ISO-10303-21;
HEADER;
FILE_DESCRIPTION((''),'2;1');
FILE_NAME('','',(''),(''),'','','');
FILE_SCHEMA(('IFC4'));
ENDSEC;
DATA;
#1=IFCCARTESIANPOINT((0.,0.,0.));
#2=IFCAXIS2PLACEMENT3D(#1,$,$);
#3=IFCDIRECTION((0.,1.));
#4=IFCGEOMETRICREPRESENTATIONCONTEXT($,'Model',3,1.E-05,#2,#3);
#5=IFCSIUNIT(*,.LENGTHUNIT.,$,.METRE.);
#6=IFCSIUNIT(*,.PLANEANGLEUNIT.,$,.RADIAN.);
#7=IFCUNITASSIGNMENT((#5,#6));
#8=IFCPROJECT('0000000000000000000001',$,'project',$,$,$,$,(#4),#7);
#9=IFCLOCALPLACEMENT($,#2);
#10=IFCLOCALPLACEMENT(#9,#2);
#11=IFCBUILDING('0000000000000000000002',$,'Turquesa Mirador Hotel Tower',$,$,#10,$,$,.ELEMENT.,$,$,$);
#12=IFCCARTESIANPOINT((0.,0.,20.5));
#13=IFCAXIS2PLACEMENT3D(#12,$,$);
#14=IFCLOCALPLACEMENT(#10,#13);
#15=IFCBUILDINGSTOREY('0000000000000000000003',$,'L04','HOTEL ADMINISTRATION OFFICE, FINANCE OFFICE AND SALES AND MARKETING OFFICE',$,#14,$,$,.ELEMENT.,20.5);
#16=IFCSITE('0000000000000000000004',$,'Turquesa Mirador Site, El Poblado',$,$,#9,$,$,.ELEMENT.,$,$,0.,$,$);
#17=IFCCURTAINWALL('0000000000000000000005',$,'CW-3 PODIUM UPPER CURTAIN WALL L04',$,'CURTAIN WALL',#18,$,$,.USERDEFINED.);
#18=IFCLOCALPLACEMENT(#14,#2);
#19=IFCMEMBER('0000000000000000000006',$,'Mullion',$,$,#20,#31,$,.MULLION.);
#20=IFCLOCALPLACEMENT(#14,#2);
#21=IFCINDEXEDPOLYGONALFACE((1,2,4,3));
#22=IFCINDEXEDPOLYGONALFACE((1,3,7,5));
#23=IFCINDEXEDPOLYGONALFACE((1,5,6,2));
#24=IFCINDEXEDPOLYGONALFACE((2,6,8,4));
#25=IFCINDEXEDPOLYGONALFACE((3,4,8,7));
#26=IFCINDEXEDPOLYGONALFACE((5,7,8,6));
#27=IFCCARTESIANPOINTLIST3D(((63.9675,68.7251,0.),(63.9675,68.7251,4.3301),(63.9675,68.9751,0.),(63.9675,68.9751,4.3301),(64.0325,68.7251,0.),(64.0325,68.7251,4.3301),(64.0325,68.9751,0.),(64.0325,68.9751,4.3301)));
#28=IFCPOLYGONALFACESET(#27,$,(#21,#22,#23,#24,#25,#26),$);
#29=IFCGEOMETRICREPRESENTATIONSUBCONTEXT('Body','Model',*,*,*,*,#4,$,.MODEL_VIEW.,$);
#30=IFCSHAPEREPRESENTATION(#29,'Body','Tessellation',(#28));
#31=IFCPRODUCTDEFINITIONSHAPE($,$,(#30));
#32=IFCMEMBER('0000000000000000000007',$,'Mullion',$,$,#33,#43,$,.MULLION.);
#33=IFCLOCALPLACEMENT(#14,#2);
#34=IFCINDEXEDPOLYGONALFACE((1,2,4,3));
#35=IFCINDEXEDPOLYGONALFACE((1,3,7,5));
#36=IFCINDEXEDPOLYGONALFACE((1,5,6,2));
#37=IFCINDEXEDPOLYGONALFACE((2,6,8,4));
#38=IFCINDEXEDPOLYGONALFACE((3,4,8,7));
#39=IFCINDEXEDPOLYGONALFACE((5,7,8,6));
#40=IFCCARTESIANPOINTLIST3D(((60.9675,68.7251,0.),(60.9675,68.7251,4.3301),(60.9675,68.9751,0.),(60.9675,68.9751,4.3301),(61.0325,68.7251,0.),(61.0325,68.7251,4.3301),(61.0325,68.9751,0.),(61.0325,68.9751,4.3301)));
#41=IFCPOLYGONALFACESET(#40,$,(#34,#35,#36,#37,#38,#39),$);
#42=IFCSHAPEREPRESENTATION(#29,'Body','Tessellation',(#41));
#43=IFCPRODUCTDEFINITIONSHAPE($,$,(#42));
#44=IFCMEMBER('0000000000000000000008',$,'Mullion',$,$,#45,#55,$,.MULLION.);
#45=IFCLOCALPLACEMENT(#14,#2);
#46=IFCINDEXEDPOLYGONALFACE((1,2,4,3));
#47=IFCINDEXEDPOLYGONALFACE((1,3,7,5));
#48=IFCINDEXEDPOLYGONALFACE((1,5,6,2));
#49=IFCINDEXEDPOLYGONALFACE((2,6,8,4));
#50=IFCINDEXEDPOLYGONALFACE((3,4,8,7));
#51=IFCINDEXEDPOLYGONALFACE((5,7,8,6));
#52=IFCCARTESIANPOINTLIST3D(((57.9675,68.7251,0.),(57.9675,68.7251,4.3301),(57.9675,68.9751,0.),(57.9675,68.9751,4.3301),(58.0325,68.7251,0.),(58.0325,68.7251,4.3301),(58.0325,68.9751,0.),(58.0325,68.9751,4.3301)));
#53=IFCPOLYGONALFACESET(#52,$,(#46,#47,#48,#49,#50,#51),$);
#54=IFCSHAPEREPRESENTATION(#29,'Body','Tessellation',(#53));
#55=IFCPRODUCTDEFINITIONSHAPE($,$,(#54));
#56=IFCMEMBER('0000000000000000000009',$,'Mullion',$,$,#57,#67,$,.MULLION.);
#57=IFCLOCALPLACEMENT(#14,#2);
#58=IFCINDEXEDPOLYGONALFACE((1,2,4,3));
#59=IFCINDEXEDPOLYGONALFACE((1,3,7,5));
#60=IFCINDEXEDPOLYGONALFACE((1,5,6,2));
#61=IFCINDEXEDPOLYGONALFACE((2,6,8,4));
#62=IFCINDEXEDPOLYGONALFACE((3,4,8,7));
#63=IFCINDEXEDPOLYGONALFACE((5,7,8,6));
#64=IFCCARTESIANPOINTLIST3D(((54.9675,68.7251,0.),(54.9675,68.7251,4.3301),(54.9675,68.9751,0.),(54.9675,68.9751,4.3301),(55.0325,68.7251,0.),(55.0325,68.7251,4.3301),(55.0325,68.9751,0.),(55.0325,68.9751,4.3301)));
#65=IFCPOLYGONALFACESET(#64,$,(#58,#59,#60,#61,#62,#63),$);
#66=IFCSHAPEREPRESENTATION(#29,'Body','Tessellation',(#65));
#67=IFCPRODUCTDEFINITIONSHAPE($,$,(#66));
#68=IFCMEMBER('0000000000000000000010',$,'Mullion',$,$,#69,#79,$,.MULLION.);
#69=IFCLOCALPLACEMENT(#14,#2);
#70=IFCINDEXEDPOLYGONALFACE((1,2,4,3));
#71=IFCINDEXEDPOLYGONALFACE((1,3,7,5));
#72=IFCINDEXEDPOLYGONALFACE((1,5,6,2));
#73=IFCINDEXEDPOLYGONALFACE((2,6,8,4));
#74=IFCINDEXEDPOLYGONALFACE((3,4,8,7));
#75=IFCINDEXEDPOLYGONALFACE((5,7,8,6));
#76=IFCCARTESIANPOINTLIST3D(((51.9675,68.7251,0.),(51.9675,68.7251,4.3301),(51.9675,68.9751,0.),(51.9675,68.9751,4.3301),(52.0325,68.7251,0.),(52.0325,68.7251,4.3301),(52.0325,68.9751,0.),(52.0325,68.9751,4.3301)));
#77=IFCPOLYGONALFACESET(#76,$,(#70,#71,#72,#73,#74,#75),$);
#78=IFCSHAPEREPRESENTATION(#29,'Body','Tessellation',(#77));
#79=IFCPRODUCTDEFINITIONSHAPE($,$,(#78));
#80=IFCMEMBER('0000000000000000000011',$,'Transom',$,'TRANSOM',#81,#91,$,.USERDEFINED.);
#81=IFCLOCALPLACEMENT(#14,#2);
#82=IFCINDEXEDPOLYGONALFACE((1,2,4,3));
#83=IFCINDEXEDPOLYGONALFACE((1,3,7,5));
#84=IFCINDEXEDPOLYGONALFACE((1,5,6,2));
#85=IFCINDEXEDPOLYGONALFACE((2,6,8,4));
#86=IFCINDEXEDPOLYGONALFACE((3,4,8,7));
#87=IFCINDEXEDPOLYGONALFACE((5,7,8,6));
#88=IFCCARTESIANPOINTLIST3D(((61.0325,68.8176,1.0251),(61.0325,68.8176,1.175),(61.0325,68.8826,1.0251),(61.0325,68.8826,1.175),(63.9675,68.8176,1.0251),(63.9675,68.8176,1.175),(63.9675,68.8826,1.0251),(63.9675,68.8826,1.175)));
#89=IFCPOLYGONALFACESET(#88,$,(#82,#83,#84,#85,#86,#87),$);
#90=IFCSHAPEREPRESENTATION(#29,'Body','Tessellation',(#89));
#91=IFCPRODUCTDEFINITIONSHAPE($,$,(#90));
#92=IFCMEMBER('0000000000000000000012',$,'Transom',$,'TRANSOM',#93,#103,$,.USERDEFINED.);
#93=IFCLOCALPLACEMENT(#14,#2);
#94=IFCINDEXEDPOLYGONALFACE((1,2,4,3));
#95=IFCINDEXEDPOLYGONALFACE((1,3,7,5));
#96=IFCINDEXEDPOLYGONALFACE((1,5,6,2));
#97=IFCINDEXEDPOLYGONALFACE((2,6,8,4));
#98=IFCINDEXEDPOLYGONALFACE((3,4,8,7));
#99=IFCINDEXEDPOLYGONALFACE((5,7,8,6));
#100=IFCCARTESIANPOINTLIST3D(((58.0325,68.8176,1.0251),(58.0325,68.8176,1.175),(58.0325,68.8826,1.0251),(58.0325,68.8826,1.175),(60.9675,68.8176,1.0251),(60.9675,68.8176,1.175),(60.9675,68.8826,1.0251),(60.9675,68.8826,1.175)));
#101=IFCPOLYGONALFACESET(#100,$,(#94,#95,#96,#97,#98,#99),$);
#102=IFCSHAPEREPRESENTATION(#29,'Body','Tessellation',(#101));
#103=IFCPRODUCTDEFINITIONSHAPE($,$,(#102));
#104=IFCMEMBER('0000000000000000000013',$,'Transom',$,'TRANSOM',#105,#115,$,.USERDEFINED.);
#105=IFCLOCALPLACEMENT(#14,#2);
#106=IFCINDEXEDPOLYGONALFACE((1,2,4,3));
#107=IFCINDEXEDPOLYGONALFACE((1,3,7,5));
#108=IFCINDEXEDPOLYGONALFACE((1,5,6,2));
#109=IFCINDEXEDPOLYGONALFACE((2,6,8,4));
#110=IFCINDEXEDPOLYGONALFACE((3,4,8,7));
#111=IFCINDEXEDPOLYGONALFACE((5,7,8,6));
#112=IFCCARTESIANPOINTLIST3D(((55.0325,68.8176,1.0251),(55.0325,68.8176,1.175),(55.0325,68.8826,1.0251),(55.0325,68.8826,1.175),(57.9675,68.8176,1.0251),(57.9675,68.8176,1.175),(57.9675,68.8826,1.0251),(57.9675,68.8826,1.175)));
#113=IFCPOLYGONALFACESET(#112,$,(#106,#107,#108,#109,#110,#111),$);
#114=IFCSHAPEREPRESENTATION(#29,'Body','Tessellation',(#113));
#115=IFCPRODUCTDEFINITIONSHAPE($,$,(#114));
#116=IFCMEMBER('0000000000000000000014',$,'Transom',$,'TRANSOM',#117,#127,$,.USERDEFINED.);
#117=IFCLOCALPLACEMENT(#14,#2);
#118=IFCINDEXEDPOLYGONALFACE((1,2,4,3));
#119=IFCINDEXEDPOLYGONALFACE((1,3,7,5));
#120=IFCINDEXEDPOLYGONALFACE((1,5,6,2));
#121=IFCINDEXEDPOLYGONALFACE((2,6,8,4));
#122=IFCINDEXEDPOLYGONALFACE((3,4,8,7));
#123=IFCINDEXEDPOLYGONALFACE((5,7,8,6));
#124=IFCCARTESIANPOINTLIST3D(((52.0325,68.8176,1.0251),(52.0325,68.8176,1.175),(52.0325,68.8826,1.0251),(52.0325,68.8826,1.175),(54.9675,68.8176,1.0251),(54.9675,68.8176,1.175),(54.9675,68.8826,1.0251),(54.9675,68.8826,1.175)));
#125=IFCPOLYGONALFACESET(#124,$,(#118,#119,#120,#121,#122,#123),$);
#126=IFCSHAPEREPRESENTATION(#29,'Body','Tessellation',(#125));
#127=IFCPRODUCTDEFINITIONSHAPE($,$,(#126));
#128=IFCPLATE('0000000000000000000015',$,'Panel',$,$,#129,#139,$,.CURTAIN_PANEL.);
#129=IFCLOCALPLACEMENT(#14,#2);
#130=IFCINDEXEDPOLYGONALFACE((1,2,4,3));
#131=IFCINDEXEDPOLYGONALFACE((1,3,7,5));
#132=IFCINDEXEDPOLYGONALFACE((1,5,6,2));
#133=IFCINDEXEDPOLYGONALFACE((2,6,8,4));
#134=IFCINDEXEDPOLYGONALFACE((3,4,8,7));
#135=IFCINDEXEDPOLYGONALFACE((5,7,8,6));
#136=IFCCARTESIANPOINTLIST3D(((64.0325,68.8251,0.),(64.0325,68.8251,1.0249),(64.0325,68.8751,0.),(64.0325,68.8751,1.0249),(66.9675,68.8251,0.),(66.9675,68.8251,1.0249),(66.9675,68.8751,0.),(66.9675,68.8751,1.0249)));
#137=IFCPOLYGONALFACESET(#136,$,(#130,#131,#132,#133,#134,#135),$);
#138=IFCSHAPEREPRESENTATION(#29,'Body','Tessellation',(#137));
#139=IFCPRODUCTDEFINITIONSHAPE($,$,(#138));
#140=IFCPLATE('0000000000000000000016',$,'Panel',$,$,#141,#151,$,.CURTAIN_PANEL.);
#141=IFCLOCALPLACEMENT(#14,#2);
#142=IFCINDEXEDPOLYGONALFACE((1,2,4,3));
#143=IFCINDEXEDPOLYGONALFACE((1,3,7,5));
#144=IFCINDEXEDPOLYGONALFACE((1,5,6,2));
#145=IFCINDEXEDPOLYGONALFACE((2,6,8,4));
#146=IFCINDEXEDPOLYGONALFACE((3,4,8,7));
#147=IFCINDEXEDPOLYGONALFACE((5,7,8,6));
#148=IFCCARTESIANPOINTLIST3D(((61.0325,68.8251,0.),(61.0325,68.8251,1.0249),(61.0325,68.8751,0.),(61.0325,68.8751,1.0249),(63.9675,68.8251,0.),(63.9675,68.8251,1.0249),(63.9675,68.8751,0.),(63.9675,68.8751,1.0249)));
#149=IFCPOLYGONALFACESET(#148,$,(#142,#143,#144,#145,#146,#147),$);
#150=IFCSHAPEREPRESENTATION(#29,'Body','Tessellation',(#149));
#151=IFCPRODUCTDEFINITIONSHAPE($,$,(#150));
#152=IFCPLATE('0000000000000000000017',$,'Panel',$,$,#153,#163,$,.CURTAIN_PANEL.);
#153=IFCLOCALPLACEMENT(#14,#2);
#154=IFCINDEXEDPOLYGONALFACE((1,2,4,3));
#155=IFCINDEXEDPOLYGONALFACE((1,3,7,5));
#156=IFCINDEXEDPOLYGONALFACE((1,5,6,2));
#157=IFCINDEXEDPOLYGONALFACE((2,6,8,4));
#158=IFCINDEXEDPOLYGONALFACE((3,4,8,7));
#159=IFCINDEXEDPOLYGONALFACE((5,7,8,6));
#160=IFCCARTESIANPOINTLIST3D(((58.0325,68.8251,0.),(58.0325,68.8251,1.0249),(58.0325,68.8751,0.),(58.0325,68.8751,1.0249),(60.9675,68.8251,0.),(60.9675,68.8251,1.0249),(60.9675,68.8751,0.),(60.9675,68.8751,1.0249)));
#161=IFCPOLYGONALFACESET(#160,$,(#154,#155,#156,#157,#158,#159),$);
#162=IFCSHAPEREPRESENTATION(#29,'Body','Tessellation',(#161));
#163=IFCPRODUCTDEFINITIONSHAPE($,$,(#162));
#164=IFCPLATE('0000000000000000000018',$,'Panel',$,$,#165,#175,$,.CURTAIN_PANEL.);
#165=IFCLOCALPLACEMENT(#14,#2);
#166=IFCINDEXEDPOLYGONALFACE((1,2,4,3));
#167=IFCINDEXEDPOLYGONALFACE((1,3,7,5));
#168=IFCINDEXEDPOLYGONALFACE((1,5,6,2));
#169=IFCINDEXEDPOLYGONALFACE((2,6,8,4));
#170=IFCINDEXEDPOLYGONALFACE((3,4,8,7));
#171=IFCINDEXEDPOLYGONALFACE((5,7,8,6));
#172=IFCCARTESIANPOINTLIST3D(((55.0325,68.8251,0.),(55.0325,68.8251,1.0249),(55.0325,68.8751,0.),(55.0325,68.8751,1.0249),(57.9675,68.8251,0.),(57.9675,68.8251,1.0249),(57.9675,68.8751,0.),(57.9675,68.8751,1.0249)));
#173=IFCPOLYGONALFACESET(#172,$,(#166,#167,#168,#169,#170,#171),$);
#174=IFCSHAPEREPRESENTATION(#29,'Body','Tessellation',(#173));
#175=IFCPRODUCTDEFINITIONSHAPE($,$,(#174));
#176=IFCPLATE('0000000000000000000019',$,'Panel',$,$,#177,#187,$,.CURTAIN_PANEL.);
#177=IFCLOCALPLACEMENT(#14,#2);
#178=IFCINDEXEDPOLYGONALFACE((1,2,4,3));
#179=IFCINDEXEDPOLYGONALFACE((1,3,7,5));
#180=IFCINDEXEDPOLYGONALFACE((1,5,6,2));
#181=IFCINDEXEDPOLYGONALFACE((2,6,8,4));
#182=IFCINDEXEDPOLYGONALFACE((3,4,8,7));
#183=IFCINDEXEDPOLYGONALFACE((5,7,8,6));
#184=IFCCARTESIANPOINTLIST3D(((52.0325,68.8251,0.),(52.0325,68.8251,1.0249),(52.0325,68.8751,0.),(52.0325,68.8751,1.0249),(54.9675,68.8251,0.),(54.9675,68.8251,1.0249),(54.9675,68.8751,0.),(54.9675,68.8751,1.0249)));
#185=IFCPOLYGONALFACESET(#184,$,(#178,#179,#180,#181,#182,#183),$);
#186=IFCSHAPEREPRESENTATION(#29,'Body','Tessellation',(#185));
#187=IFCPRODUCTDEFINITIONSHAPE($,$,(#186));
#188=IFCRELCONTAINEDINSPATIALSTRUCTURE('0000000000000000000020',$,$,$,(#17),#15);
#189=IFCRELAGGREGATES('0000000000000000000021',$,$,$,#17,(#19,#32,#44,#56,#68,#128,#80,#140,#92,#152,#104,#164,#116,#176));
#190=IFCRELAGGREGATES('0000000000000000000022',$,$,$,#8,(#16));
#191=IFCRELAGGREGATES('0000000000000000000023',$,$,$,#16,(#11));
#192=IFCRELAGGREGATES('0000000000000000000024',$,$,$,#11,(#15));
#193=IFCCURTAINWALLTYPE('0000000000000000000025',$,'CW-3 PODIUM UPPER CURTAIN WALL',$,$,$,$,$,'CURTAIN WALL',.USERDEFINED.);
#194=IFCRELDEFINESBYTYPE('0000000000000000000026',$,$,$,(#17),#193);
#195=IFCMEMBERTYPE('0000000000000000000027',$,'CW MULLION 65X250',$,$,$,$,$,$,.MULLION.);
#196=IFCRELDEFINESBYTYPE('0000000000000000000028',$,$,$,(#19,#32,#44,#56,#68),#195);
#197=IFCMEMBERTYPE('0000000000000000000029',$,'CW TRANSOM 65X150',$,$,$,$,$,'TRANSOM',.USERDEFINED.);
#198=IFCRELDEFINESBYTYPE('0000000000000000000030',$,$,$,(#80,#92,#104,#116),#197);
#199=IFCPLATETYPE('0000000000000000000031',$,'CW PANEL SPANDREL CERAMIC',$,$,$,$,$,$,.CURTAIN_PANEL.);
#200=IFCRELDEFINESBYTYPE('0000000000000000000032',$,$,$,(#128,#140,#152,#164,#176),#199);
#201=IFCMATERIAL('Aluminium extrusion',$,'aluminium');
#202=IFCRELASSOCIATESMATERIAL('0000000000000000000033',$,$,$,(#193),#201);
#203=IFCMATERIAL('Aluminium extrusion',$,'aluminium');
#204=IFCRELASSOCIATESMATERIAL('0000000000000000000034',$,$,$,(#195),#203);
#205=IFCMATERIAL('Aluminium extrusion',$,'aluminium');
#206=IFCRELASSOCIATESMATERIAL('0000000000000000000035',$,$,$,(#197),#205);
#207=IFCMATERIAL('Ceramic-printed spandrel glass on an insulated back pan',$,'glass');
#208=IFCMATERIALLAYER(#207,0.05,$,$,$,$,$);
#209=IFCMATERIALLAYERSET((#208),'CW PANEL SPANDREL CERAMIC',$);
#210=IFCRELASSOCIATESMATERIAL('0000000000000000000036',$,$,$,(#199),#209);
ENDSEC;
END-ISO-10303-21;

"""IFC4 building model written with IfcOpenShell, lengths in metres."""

from ifc_helpers import new_model, si_unit, direction, frame, origin, origin_2d, place, context, subcontext, project, spatial, rectangle, extrude, material, layer, layer_set, material_profile, profile_set, type_object, element, aggregate, save


model = new_model("IFC4")

# Units and contexts
model_context = context("Model", 3, precision=1e-05, world=origin(), true_north=direction((0.0, 1.0)))
body_context = subcontext(model_context, "Body", "Model", "MODEL_VIEW")
ifc_project = project(units=[si_unit("LENGTHUNIT", "METRE"), si_unit("PLANEANGLEUNIT", "RADIAN")], contexts=[model_context])

# Site, building, storey
site_placement = place(None, origin())
site = spatial("IfcSite", under=ifc_project, at=site_placement, Name="Turquesa Mirador Site, El Poblado", CompositionType="ELEMENT", RefElevation=0.0)
building_placement = place(site_placement, origin())
building = spatial("IfcBuilding", under=site, at=building_placement, Name="Turquesa Mirador Hotel Tower", CompositionType="ELEMENT")
storey_placement = place(building_placement, frame((0.0, 0.0, 20.5)))
storey = spatial("IfcBuildingStorey", under=building, at=storey_placement, Name="L04", Description="HOTEL ADMINISTRATION OFFICE, FINANCE OFFICE AND SALES AND MARKETING OFFICE", CompositionType="ELEMENT", Elevation=20.5)

# Curtain wall, members, plates
ifc_material_1 = material(Name="Aluminium extrusion", Category="aluminium")
curtain_wall_type = type_object("IfcCurtainWallType", Name="CW-3 PODIUM UPPER CURTAIN WALL", ElementType="CURTAIN WALL", PredefinedType="USERDEFINED", material=ifc_material_1)
curtain_wall_placement = place(storey_placement, origin())
curtain_wall = element("IfcCurtainWall", 1, at=curtain_wall_placement, inside=storey, type_object=curtain_wall_type, Name="CW-3 PODIUM UPPER CURTAIN WALL L04", ObjectType="CURTAIN WALL", PredefinedType="USERDEFINED")
ifc_material_2 = material(Name="Aluminium extrusion", Category="aluminium")
ifc_material_profile_1 = material_profile(ifc_material_2, rectangle(XDim=0.0649, YDim=0.25, at=origin_2d()), Name="MULLION 65X250")
ifc_profile_set_1 = profile_set([ifc_material_profile_1], Name="Aluminium extrusion")
member_type_1 = type_object("IfcMemberType", Name="CW MULLION 65X250", PredefinedType="MULLION", material=ifc_profile_set_1)
member_1_placement = place(storey_placement, frame((64.0, 68.8501, 0.0), z_axis=(0.0, 0.0, 1.0), x_axis=(-1.0, 0.0, 0.0)))
member_1 = element("IfcMember", 2, at=member_1_placement, type_object=member_type_1, Name="Mullion", PredefinedType="MULLION", context=body_context, shape_type="SweptSolid", body=[
    extrude(rectangle(XDim=0.0649, YDim=0.25, at=origin_2d()), origin(), (0.0, 0.0, 1.0), 4.3301),
])
member_2_placement = place(storey_placement, frame((61.0, 68.8501, 0.0), z_axis=(0.0, 0.0, 1.0), x_axis=(-1.0, 0.0, 0.0)))
member_2 = element("IfcMember", 3, at=member_2_placement, type_object=member_type_1, Name="Mullion", PredefinedType="MULLION", context=body_context, shape_type="SweptSolid", body=[
    extrude(rectangle(XDim=0.0649, YDim=0.25, at=origin_2d()), origin(), (0.0, 0.0, 1.0), 4.3301),
])
member_3_placement = place(storey_placement, frame((58.0, 68.8501, 0.0), z_axis=(0.0, 0.0, 1.0), x_axis=(-1.0, 0.0, 0.0)))
member_3 = element("IfcMember", 4, at=member_3_placement, type_object=member_type_1, Name="Mullion", PredefinedType="MULLION", context=body_context, shape_type="SweptSolid", body=[
    extrude(rectangle(XDim=0.0649, YDim=0.25, at=origin_2d()), origin(), (0.0, 0.0, 1.0), 4.3301),
])
member_4_placement = place(storey_placement, frame((55.0, 68.8501, 0.0), z_axis=(0.0, 0.0, 1.0), x_axis=(-1.0, 0.0, 0.0)))
member_4 = element("IfcMember", 5, at=member_4_placement, type_object=member_type_1, Name="Mullion", PredefinedType="MULLION", context=body_context, shape_type="SweptSolid", body=[
    extrude(rectangle(XDim=0.0649, YDim=0.25, at=origin_2d()), origin(), (0.0, 0.0, 1.0), 4.3301),
])
member_5_placement = place(storey_placement, frame((52.0, 68.8501, 0.0), z_axis=(0.0, 0.0, 1.0), x_axis=(-1.0, 0.0, 0.0)))
member_5 = element("IfcMember", 6, at=member_5_placement, type_object=member_type_1, Name="Mullion", PredefinedType="MULLION", context=body_context, shape_type="SweptSolid", body=[
    extrude(rectangle(XDim=0.0649, YDim=0.25, at=origin_2d()), origin(), (0.0, 0.0, 1.0), 4.3301),
])
ifc_material_3 = material(Name="Aluminium extrusion", Category="aluminium")
ifc_material_profile_2 = material_profile(ifc_material_3, rectangle(XDim=0.0649, YDim=0.1499, at=origin_2d()), Name="TRANSOM 65X150")
ifc_profile_set_2 = profile_set([ifc_material_profile_2], Name="Aluminium extrusion")
member_type_2 = type_object("IfcMemberType", Name="CW TRANSOM 65X150", ElementType="TRANSOM", PredefinedType="USERDEFINED", material=ifc_profile_set_2)
member_6_placement = place(storey_placement, frame((63.9675, 68.8501, 1.1001), z_axis=(-1.0, 0.0, 0.0), x_axis=(0.0, -1.0, 0.0)))
member_6 = element("IfcMember", 7, at=member_6_placement, type_object=member_type_2, Name="Transom", ObjectType="TRANSOM", PredefinedType="USERDEFINED", context=body_context, shape_type="SweptSolid", body=[
    extrude(rectangle(XDim=0.0649, YDim=0.1499, at=origin_2d()), origin(), (0.0, 0.0, 1.0), 2.9351),
])
member_7_placement = place(storey_placement, frame((60.9675, 68.8501, 1.1001), z_axis=(-1.0, 0.0, 0.0), x_axis=(0.0, -1.0, 0.0)))
member_7 = element("IfcMember", 8, at=member_7_placement, type_object=member_type_2, Name="Transom", ObjectType="TRANSOM", PredefinedType="USERDEFINED", context=body_context, shape_type="SweptSolid", body=[
    extrude(rectangle(XDim=0.0649, YDim=0.1499, at=origin_2d()), origin(), (0.0, 0.0, 1.0), 2.9351),
])
member_8_placement = place(storey_placement, frame((57.9675, 68.8501, 1.1001), z_axis=(-1.0, 0.0, 0.0), x_axis=(0.0, -1.0, 0.0)))
member_8 = element("IfcMember", 9, at=member_8_placement, type_object=member_type_2, Name="Transom", ObjectType="TRANSOM", PredefinedType="USERDEFINED", context=body_context, shape_type="SweptSolid", body=[
    extrude(rectangle(XDim=0.0649, YDim=0.1499, at=origin_2d()), origin(), (0.0, 0.0, 1.0), 2.9351),
])
member_9_placement = place(storey_placement, frame((54.9675, 68.8501, 1.1001), z_axis=(-1.0, 0.0, 0.0), x_axis=(0.0, -1.0, 0.0)))
member_9 = element("IfcMember", 10, at=member_9_placement, type_object=member_type_2, Name="Transom", ObjectType="TRANSOM", PredefinedType="USERDEFINED", context=body_context, shape_type="SweptSolid", body=[
    extrude(rectangle(XDim=0.0649, YDim=0.1499, at=origin_2d()), origin(), (0.0, 0.0, 1.0), 2.9351),
])
ifc_material_4 = material(Name="Ceramic-printed spandrel glass on an insulated back pan", Category="glass")
ifc_layer_1 = layer(ifc_material_4, 0.05)
ifc_layer_set_1 = layer_set([ifc_layer_1], Name="CW PANEL SPANDREL CERAMIC")
plate_type_1 = type_object("IfcPlateType", Name="CW PANEL SPANDREL CERAMIC", PredefinedType="CURTAIN_PANEL", material=ifc_layer_set_1)
plate_1_placement = place(storey_placement, frame((65.5, 68.8501, 0.0), z_axis=(0.0, 0.0, 1.0), x_axis=(-1.0, 0.0, 0.0)))
plate_1 = element("IfcPlate", 11, at=plate_1_placement, type_object=plate_type_1, Name="Panel", PredefinedType="CURTAIN_PANEL", context=body_context, shape_type="SweptSolid", body=[
    extrude(rectangle(XDim=2.9351, YDim=0.05, at=origin_2d()), origin(), (0.0, 0.0, 1.0), 1.0249),
])
plate_2_placement = place(storey_placement, frame((62.5, 68.8501, 0.0), z_axis=(0.0, 0.0, 1.0), x_axis=(-1.0, 0.0, 0.0)))
plate_2 = element("IfcPlate", 12, at=plate_2_placement, type_object=plate_type_1, Name="Panel", PredefinedType="CURTAIN_PANEL", context=body_context, shape_type="SweptSolid", body=[
    extrude(rectangle(XDim=2.9351, YDim=0.05, at=origin_2d()), origin(), (0.0, 0.0, 1.0), 1.0249),
])
plate_3_placement = place(storey_placement, frame((59.5, 68.8501, 0.0), z_axis=(0.0, 0.0, 1.0), x_axis=(-1.0, 0.0, 0.0)))
plate_3 = element("IfcPlate", 13, at=plate_3_placement, type_object=plate_type_1, Name="Panel", PredefinedType="CURTAIN_PANEL", context=body_context, shape_type="SweptSolid", body=[
    extrude(rectangle(XDim=2.9351, YDim=0.05, at=origin_2d()), origin(), (0.0, 0.0, 1.0), 1.0249),
])
plate_4_placement = place(storey_placement, frame((56.5, 68.8501, 0.0), z_axis=(0.0, 0.0, 1.0), x_axis=(-1.0, 0.0, 0.0)))
plate_4 = element("IfcPlate", 14, at=plate_4_placement, type_object=plate_type_1, Name="Panel", PredefinedType="CURTAIN_PANEL", context=body_context, shape_type="SweptSolid", body=[
    extrude(rectangle(XDim=2.9351, YDim=0.05, at=origin_2d()), origin(), (0.0, 0.0, 1.0), 1.0249),
])
plate_5_placement = place(storey_placement, frame((53.5, 68.8501, 0.0), z_axis=(0.0, 0.0, 1.0), x_axis=(-1.0, 0.0, 0.0)))
plate_5 = element("IfcPlate", 15, at=plate_5_placement, type_object=plate_type_1, Name="Panel", PredefinedType="CURTAIN_PANEL", context=body_context, shape_type="SweptSolid", body=[
    extrude(rectangle(XDim=2.9351, YDim=0.05, at=origin_2d()), origin(), (0.0, 0.0, 1.0), 1.0249),
])
aggregate(curtain_wall, [member_1, member_2, member_3, member_4, member_5, plate_1, member_6, plate_2, member_7, plate_3, member_8, plate_4, member_9, plate_5])

save(model, "model.ifc")
